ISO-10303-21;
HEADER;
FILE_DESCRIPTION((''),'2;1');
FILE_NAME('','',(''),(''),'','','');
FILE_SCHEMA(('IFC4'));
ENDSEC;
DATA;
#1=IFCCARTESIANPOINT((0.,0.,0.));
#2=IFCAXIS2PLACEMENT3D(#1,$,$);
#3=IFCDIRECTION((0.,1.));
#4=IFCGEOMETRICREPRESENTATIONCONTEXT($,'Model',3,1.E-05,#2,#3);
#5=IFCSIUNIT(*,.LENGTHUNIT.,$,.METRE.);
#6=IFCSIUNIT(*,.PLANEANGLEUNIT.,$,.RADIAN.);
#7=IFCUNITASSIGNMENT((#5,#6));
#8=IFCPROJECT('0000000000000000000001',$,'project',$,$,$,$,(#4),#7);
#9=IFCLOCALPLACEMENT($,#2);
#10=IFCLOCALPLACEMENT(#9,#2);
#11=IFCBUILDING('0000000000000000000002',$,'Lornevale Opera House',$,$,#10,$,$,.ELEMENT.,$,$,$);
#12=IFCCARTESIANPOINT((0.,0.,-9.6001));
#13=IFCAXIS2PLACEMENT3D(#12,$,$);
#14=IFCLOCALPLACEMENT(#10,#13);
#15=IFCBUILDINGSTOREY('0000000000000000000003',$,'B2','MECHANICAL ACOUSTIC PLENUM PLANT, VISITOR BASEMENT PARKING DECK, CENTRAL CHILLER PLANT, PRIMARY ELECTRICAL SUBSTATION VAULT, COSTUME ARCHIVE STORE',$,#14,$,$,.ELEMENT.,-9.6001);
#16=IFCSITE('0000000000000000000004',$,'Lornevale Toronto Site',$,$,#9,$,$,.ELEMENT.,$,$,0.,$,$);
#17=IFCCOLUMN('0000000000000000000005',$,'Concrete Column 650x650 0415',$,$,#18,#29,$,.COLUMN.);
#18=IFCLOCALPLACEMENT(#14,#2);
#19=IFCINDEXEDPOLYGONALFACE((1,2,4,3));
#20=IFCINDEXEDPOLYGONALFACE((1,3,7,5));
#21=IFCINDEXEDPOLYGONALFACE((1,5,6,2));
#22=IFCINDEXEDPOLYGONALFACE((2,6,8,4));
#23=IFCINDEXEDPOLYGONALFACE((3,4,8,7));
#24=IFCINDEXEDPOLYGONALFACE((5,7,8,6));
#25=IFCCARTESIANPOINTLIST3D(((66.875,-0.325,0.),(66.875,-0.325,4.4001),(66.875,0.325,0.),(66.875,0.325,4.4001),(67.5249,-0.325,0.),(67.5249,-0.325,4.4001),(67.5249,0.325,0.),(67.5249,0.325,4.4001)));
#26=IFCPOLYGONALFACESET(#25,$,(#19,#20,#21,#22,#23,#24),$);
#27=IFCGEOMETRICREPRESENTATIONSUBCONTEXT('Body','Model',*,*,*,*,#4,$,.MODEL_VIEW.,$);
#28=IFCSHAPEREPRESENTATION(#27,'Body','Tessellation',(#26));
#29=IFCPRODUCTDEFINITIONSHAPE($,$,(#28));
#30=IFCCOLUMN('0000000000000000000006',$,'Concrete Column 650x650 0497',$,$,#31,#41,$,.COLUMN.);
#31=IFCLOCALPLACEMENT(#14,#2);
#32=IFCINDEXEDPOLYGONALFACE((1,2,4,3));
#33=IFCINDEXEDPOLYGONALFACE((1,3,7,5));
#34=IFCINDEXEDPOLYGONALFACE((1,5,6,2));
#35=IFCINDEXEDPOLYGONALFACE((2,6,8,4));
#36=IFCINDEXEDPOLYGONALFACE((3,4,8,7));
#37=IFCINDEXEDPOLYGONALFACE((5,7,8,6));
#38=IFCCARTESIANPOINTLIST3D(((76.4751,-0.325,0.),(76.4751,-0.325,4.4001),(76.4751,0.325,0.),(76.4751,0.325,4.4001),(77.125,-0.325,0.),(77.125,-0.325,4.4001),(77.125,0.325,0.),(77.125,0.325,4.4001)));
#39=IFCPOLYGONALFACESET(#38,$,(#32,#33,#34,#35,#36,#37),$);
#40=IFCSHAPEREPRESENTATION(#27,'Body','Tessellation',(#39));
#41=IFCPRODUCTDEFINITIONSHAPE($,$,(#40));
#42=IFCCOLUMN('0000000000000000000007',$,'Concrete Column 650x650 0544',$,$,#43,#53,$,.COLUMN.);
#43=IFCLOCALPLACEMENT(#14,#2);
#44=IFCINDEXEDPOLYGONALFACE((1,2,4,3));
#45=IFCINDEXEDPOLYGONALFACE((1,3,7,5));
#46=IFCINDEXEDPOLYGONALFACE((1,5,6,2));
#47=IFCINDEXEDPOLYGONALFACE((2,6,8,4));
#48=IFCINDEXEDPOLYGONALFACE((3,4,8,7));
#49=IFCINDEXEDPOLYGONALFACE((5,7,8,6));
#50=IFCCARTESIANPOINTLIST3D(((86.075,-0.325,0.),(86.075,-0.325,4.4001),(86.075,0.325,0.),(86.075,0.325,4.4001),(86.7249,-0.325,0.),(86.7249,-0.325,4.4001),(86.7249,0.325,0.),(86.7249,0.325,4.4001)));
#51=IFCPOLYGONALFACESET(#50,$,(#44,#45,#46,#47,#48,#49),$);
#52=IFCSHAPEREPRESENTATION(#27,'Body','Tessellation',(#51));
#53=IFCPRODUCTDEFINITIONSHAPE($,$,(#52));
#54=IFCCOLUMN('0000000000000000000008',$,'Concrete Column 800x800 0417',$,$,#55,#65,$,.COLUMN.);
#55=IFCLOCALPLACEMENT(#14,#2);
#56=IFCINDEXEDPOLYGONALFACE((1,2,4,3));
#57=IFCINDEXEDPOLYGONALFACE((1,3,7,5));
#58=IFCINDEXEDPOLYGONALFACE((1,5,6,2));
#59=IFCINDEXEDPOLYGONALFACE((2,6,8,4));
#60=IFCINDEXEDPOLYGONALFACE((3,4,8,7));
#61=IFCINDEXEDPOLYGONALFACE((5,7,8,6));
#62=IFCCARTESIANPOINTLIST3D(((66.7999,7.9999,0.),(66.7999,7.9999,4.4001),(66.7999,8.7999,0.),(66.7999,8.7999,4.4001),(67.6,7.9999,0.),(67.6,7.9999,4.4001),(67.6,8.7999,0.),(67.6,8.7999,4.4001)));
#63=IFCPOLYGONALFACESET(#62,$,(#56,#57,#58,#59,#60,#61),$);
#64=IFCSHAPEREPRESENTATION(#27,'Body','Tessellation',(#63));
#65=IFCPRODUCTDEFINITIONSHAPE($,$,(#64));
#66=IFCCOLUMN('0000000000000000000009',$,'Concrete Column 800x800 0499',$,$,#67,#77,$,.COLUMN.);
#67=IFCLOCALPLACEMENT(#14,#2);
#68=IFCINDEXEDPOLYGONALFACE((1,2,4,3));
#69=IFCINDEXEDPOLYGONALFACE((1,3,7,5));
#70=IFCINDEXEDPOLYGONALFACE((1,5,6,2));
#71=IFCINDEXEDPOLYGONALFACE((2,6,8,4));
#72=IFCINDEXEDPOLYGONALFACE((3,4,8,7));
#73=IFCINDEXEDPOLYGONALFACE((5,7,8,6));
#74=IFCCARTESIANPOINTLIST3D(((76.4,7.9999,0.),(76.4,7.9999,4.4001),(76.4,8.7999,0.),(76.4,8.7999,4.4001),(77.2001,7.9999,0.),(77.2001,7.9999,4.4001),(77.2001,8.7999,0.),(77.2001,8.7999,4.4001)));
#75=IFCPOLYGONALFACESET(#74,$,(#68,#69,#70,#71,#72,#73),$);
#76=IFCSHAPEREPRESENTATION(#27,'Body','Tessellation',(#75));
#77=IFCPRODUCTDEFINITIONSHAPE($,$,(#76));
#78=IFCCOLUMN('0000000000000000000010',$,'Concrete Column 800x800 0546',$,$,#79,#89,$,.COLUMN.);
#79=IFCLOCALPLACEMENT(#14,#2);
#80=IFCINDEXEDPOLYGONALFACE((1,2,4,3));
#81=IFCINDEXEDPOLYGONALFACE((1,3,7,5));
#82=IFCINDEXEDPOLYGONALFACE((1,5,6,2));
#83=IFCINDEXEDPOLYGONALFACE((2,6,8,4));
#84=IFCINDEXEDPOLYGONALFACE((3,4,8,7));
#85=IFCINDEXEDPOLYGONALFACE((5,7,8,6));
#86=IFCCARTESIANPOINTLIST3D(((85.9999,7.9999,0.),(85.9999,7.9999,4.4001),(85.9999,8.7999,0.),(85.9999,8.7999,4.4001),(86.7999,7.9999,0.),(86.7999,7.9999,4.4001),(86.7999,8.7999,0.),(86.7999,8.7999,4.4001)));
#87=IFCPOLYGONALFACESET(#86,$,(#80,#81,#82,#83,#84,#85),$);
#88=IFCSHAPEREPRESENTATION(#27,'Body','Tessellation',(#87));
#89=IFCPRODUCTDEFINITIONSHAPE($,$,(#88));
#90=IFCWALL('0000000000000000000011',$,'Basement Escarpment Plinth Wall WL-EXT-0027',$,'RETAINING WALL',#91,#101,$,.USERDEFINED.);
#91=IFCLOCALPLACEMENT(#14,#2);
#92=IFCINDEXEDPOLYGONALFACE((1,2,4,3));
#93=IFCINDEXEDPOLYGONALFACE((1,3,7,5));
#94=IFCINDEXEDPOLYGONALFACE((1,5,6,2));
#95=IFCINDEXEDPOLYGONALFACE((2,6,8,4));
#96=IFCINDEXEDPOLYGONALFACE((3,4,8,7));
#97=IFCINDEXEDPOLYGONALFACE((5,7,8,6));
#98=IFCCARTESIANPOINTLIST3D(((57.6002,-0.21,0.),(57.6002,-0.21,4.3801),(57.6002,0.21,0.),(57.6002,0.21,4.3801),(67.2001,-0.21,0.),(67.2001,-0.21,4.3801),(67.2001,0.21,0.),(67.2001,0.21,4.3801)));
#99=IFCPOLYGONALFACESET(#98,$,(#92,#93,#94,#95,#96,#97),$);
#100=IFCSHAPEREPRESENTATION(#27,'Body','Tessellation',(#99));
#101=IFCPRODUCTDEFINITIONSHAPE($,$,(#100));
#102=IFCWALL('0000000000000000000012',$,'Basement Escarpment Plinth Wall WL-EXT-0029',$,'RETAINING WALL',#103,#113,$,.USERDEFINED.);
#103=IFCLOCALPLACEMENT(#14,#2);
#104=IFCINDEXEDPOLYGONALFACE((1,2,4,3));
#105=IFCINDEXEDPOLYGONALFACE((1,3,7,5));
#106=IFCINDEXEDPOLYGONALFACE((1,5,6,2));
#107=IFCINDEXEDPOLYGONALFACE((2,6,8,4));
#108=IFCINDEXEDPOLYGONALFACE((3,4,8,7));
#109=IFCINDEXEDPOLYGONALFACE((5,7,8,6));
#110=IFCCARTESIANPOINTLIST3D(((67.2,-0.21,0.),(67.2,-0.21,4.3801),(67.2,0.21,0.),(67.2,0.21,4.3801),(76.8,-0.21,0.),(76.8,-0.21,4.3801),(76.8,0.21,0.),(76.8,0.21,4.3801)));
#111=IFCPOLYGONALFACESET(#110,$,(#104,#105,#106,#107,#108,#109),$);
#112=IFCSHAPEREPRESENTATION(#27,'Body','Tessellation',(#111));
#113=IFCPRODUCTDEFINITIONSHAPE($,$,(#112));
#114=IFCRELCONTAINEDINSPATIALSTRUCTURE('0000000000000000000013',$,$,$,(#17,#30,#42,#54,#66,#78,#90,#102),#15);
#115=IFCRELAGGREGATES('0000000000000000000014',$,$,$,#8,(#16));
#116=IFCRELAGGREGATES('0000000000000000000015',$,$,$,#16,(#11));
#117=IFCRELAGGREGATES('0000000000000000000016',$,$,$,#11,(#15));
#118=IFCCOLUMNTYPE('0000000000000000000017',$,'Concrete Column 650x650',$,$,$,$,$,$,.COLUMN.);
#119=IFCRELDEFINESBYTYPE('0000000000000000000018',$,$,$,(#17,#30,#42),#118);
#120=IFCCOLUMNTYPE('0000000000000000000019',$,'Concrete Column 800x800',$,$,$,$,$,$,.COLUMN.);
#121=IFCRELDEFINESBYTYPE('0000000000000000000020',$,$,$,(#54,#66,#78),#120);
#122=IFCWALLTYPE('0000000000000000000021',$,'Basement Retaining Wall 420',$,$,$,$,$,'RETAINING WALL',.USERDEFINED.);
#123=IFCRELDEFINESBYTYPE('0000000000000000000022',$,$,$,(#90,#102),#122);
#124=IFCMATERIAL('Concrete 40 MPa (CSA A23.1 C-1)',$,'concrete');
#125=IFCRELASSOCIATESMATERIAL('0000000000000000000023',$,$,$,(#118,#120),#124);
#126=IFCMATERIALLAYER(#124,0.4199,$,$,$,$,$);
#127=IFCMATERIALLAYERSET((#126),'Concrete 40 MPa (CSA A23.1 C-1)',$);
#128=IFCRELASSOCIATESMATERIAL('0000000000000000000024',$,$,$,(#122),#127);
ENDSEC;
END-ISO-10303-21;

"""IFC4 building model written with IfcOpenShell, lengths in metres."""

from ifc_helpers import new_model, si_unit, direction, frame, frame_2d, origin, origin_2d, place, context, subcontext, project, spatial, rectangle, extrude, material, layer, layer_set, material_profile, profile_set, type_object, element, save


model = new_model("IFC4")

# Units and contexts
model_context = context("Model", 3, precision=1e-05, world=origin(), true_north=direction((0.0, 1.0)))
body_context = subcontext(model_context, "Body", "Model", "MODEL_VIEW")
ifc_project = project(units=[si_unit("LENGTHUNIT", "METRE"), si_unit("PLANEANGLEUNIT", "RADIAN")], contexts=[model_context])

# Site, building, storey
site_placement = place(None, origin())
site = spatial("IfcSite", under=ifc_project, at=site_placement, Name="Lornevale Toronto Site", CompositionType="ELEMENT", RefElevation=0.0)
building_placement = place(site_placement, origin())
building = spatial("IfcBuilding", under=site, at=building_placement, Name="Lornevale Opera House", CompositionType="ELEMENT")
storey_placement = place(building_placement, frame((0.0, 0.0, -9.6001)))
storey = spatial("IfcBuildingStorey", under=building, at=storey_placement, Name="B2", Description="MECHANICAL ACOUSTIC PLENUM PLANT, VISITOR BASEMENT PARKING DECK, CENTRAL CHILLER PLANT, PRIMARY ELECTRICAL SUBSTATION VAULT, COSTUME ARCHIVE STORE", CompositionType="ELEMENT", Elevation=-9.6001)

# Shared definitions
ifc_material_1 = material(Name="Concrete 40 MPa (CSA A23.1 C-1)", Category="concrete")

# Columns
ifc_material_profile_1 = material_profile(ifc_material_1, rectangle(XDim=0.6499, YDim=0.6499, at=origin_2d()), Name="RC650x650")
ifc_profile_set_1 = profile_set([ifc_material_profile_1], Name="Concrete 40 MPa (CSA A23.1 C-1)")
column_type_1 = type_object("IfcColumnType", Name="Concrete Column 650x650", PredefinedType="COLUMN", material=ifc_profile_set_1)
for number, where, z_axis, x_axis, name in (
    (1, (67.2, 0.0, 0.0), (0.0, 0.0, 1.0), (1.0, 0.0, 0.0), "Concrete Column 650x650 0415"),
    (2, (76.8, 0.0, 0.0), (0.0, 0.0, 1.0), (1.0, 0.0, 0.0), "Concrete Column 650x650 0497"),
    (3, (86.3999, 0.0, 0.0), (0.0, 0.0, 1.0), (1.0, 0.0, 0.0), "Concrete Column 650x650 0544"),
):
    element("IfcColumn", number, at=place(storey_placement, frame(where, z_axis=z_axis, x_axis=x_axis)), inside=storey, type_object=column_type_1, Name=name, PredefinedType="COLUMN", context=body_context, shape_type="SweptSolid", body=[
        extrude(rectangle(XDim=0.6499, YDim=0.6499, at=origin_2d()), origin(), (0.0, 0.0, 1.0), 4.4001),
    ])
ifc_material_profile_2 = material_profile(ifc_material_1, rectangle(XDim=0.8, YDim=0.8, at=origin_2d()), Name="RC800x800")
ifc_profile_set_2 = profile_set([ifc_material_profile_2], Name="Concrete 40 MPa (CSA A23.1 C-1)")
column_type_2 = type_object("IfcColumnType", Name="Concrete Column 800x800", PredefinedType="COLUMN", material=ifc_profile_set_2)
for number, where, z_axis, x_axis, name in (
    (4, (67.2, 8.3999, 0.0), (0.0, 0.0, 1.0), (1.0, 0.0, 0.0), "Concrete Column 800x800 0417"),
    (5, (76.8, 8.3999, 0.0), (0.0, 0.0, 1.0), (1.0, 0.0, 0.0), "Concrete Column 800x800 0499"),
    (6, (86.3999, 8.3999, 0.0), (0.0, 0.0, 1.0), (1.0, 0.0, 0.0), "Concrete Column 800x800 0546"),
):
    element("IfcColumn", number, at=place(storey_placement, frame(where, z_axis=z_axis, x_axis=x_axis)), inside=storey, type_object=column_type_2, Name=name, PredefinedType="COLUMN", context=body_context, shape_type="SweptSolid", body=[
        extrude(rectangle(XDim=0.8, YDim=0.8, at=origin_2d()), origin(), (0.0, 0.0, 1.0), 4.4001),
    ])

# Walls
ifc_layer_1 = layer(ifc_material_1, 0.4199)
ifc_layer_set_1 = layer_set([ifc_layer_1], Name="Concrete 40 MPa (CSA A23.1 C-1)")
wall_type = type_object("IfcWallType", Name="Basement Retaining Wall 420", ElementType="RETAINING WALL", PredefinedType="USERDEFINED", material=ifc_layer_set_1)
wall_1_placement = place(storey_placement, frame((67.2, 0.0, 0.0), z_axis=(0.0, 0.0, 1.0), x_axis=(-1.0, 0.0, 0.0)))
element("IfcWall", 7, at=wall_1_placement, inside=storey, type_object=wall_type, Name="Basement Escarpment Plinth Wall WL-EXT-0027", ObjectType="RETAINING WALL", PredefinedType="USERDEFINED", context=body_context, shape_type="SweptSolid", body=[
    extrude(rectangle(XDim=9.5999, YDim=0.4199, at=frame_2d((4.7998, 0.0))), origin(), (0.0, 0.0, 1.0), 4.3801),
])
wall_2_placement = place(storey_placement, frame((76.8, 0.0, 0.0), z_axis=(0.0, 0.0, 1.0), x_axis=(-1.0, 0.0, 0.0)))
element("IfcWall", 8, at=wall_2_placement, inside=storey, type_object=wall_type, Name="Basement Escarpment Plinth Wall WL-EXT-0029", ObjectType="RETAINING WALL", PredefinedType="USERDEFINED", context=body_context, shape_type="SweptSolid", body=[
    extrude(rectangle(XDim=9.6001, YDim=0.4199, at=frame_2d((4.8, 0.0))), origin(), (0.0, 0.0, 1.0), 4.3801),
])

save(model, "model.ifc")
